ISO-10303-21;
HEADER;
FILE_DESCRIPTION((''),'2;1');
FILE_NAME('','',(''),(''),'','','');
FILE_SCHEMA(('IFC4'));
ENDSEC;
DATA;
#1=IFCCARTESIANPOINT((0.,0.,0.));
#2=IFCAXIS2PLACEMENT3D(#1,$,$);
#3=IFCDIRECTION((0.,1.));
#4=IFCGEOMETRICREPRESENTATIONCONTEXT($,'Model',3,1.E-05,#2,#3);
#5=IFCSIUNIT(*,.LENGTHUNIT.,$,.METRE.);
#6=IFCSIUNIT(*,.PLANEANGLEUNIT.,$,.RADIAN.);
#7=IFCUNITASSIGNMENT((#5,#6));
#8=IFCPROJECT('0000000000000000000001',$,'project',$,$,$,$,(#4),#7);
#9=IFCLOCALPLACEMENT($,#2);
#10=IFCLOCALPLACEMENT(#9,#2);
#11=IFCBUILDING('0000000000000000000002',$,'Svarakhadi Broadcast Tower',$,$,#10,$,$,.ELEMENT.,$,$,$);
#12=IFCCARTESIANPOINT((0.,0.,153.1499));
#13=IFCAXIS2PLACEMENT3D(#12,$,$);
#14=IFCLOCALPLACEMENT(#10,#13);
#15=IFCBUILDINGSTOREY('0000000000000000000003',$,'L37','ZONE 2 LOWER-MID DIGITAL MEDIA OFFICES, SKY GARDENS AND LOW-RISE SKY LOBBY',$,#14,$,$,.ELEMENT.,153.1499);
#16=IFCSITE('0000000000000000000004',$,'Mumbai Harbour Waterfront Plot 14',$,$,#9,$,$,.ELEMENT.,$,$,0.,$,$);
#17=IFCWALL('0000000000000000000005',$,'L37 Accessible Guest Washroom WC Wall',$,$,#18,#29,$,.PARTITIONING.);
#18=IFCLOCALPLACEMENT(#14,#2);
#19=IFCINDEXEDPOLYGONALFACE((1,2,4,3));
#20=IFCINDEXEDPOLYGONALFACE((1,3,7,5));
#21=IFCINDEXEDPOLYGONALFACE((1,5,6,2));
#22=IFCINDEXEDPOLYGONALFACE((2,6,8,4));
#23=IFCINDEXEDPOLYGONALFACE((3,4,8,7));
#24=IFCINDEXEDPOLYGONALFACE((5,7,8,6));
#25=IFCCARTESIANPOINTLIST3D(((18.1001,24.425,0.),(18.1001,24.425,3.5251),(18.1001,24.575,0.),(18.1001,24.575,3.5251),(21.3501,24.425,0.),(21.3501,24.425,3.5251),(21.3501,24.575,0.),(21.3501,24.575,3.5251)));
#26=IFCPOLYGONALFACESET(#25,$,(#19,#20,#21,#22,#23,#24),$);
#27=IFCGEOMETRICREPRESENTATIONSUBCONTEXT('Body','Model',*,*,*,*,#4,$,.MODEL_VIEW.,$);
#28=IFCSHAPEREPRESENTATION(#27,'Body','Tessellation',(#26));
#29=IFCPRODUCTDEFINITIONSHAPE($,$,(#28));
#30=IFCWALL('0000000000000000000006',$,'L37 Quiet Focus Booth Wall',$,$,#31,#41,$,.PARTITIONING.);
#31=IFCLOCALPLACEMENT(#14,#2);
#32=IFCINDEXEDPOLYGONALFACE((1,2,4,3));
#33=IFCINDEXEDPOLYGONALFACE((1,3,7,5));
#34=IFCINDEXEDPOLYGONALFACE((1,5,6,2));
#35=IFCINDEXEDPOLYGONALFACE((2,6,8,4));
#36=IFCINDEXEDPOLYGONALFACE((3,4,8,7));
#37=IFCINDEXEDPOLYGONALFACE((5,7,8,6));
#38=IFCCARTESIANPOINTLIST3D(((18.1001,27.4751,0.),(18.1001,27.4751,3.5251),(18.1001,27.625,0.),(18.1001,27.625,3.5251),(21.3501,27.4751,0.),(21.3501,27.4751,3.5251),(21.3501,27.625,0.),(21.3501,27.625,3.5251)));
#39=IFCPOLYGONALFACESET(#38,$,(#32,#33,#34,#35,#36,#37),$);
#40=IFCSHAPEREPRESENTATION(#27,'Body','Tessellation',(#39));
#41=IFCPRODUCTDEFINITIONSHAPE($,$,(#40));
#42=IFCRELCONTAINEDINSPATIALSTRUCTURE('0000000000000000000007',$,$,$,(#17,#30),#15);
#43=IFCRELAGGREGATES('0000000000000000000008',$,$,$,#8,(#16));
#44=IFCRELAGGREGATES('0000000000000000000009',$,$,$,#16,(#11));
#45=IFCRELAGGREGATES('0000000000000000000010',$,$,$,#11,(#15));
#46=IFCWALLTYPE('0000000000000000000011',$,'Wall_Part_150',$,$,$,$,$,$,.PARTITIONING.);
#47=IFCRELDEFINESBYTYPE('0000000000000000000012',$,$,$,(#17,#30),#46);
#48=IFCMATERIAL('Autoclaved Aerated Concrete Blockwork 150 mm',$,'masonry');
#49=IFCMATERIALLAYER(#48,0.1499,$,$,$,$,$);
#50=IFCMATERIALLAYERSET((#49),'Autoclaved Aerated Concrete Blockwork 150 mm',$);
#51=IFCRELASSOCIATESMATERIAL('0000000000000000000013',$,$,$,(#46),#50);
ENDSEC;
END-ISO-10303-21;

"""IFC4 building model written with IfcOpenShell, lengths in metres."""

from ifc_helpers import new_model, si_unit, direction, frame, frame_2d, origin, place, context, subcontext, project, spatial, rectangle, extrude, material, layer, layer_set, type_object, element, save


model = new_model("IFC4")

# Units and contexts
model_context = context("Model", 3, precision=1e-05, world=origin(), true_north=direction((0.0, 1.0)))
body_context = subcontext(model_context, "Body", "Model", "MODEL_VIEW")
ifc_project = project(units=[si_unit("LENGTHUNIT", "METRE"), si_unit("PLANEANGLEUNIT", "RADIAN")], contexts=[model_context])

# Site, building, storey
site_placement = place(None, origin())
site = spatial("IfcSite", under=ifc_project, at=site_placement, Name="Mumbai Harbour Waterfront Plot 14", CompositionType="ELEMENT", RefElevation=0.0)
building_placement = place(site_placement, origin())
building = spatial("IfcBuilding", under=site, at=building_placement, Name="Svarakhadi Broadcast Tower", CompositionType="ELEMENT")
storey_placement = place(building_placement, frame((0.0, 0.0, 153.1499)))
storey = spatial("IfcBuildingStorey", under=building, at=storey_placement, Name="L37", Description="ZONE 2 LOWER-MID DIGITAL MEDIA OFFICES, SKY GARDENS AND LOW-RISE SKY LOBBY", CompositionType="ELEMENT", Elevation=153.1499)

# Walls
ifc_material_1 = material(Name="Autoclaved Aerated Concrete Blockwork 150 mm", Category="masonry")
ifc_layer_1 = layer(ifc_material_1, 0.1499)
ifc_layer_set_1 = layer_set([ifc_layer_1], Name="Autoclaved Aerated Concrete Blockwork 150 mm")
wall_type_1 = type_object("IfcWallType", Name="Wall_Part_150", PredefinedType="PARTITIONING", material=ifc_layer_set_1)
for number, where, z_axis, x_axis, name in (
    (1, (18.1001, 24.5, 0.0), (0.0, 0.0, 1.0), (1.0, 0.0, 0.0), "L37 Accessible Guest Washroom WC Wall"),
    (2, (18.1001, 27.55, 0.0), (0.0, 0.0, 1.0), (1.0, 0.0, 0.0), "L37 Quiet Focus Booth Wall"),
):
    element("IfcWall", number, at=place(storey_placement, frame(where, z_axis=z_axis, x_axis=x_axis)), inside=storey, type_object=wall_type_1, Name=name, PredefinedType="PARTITIONING", context=body_context, shape_type="SweptSolid", body=[
        extrude(rectangle(XDim=3.25, YDim=0.1499, at=frame_2d((1.625, 0.0))), origin(), (0.0, 0.0, 1.0), 3.5251),
    ])

save(model, "model.ifc")
